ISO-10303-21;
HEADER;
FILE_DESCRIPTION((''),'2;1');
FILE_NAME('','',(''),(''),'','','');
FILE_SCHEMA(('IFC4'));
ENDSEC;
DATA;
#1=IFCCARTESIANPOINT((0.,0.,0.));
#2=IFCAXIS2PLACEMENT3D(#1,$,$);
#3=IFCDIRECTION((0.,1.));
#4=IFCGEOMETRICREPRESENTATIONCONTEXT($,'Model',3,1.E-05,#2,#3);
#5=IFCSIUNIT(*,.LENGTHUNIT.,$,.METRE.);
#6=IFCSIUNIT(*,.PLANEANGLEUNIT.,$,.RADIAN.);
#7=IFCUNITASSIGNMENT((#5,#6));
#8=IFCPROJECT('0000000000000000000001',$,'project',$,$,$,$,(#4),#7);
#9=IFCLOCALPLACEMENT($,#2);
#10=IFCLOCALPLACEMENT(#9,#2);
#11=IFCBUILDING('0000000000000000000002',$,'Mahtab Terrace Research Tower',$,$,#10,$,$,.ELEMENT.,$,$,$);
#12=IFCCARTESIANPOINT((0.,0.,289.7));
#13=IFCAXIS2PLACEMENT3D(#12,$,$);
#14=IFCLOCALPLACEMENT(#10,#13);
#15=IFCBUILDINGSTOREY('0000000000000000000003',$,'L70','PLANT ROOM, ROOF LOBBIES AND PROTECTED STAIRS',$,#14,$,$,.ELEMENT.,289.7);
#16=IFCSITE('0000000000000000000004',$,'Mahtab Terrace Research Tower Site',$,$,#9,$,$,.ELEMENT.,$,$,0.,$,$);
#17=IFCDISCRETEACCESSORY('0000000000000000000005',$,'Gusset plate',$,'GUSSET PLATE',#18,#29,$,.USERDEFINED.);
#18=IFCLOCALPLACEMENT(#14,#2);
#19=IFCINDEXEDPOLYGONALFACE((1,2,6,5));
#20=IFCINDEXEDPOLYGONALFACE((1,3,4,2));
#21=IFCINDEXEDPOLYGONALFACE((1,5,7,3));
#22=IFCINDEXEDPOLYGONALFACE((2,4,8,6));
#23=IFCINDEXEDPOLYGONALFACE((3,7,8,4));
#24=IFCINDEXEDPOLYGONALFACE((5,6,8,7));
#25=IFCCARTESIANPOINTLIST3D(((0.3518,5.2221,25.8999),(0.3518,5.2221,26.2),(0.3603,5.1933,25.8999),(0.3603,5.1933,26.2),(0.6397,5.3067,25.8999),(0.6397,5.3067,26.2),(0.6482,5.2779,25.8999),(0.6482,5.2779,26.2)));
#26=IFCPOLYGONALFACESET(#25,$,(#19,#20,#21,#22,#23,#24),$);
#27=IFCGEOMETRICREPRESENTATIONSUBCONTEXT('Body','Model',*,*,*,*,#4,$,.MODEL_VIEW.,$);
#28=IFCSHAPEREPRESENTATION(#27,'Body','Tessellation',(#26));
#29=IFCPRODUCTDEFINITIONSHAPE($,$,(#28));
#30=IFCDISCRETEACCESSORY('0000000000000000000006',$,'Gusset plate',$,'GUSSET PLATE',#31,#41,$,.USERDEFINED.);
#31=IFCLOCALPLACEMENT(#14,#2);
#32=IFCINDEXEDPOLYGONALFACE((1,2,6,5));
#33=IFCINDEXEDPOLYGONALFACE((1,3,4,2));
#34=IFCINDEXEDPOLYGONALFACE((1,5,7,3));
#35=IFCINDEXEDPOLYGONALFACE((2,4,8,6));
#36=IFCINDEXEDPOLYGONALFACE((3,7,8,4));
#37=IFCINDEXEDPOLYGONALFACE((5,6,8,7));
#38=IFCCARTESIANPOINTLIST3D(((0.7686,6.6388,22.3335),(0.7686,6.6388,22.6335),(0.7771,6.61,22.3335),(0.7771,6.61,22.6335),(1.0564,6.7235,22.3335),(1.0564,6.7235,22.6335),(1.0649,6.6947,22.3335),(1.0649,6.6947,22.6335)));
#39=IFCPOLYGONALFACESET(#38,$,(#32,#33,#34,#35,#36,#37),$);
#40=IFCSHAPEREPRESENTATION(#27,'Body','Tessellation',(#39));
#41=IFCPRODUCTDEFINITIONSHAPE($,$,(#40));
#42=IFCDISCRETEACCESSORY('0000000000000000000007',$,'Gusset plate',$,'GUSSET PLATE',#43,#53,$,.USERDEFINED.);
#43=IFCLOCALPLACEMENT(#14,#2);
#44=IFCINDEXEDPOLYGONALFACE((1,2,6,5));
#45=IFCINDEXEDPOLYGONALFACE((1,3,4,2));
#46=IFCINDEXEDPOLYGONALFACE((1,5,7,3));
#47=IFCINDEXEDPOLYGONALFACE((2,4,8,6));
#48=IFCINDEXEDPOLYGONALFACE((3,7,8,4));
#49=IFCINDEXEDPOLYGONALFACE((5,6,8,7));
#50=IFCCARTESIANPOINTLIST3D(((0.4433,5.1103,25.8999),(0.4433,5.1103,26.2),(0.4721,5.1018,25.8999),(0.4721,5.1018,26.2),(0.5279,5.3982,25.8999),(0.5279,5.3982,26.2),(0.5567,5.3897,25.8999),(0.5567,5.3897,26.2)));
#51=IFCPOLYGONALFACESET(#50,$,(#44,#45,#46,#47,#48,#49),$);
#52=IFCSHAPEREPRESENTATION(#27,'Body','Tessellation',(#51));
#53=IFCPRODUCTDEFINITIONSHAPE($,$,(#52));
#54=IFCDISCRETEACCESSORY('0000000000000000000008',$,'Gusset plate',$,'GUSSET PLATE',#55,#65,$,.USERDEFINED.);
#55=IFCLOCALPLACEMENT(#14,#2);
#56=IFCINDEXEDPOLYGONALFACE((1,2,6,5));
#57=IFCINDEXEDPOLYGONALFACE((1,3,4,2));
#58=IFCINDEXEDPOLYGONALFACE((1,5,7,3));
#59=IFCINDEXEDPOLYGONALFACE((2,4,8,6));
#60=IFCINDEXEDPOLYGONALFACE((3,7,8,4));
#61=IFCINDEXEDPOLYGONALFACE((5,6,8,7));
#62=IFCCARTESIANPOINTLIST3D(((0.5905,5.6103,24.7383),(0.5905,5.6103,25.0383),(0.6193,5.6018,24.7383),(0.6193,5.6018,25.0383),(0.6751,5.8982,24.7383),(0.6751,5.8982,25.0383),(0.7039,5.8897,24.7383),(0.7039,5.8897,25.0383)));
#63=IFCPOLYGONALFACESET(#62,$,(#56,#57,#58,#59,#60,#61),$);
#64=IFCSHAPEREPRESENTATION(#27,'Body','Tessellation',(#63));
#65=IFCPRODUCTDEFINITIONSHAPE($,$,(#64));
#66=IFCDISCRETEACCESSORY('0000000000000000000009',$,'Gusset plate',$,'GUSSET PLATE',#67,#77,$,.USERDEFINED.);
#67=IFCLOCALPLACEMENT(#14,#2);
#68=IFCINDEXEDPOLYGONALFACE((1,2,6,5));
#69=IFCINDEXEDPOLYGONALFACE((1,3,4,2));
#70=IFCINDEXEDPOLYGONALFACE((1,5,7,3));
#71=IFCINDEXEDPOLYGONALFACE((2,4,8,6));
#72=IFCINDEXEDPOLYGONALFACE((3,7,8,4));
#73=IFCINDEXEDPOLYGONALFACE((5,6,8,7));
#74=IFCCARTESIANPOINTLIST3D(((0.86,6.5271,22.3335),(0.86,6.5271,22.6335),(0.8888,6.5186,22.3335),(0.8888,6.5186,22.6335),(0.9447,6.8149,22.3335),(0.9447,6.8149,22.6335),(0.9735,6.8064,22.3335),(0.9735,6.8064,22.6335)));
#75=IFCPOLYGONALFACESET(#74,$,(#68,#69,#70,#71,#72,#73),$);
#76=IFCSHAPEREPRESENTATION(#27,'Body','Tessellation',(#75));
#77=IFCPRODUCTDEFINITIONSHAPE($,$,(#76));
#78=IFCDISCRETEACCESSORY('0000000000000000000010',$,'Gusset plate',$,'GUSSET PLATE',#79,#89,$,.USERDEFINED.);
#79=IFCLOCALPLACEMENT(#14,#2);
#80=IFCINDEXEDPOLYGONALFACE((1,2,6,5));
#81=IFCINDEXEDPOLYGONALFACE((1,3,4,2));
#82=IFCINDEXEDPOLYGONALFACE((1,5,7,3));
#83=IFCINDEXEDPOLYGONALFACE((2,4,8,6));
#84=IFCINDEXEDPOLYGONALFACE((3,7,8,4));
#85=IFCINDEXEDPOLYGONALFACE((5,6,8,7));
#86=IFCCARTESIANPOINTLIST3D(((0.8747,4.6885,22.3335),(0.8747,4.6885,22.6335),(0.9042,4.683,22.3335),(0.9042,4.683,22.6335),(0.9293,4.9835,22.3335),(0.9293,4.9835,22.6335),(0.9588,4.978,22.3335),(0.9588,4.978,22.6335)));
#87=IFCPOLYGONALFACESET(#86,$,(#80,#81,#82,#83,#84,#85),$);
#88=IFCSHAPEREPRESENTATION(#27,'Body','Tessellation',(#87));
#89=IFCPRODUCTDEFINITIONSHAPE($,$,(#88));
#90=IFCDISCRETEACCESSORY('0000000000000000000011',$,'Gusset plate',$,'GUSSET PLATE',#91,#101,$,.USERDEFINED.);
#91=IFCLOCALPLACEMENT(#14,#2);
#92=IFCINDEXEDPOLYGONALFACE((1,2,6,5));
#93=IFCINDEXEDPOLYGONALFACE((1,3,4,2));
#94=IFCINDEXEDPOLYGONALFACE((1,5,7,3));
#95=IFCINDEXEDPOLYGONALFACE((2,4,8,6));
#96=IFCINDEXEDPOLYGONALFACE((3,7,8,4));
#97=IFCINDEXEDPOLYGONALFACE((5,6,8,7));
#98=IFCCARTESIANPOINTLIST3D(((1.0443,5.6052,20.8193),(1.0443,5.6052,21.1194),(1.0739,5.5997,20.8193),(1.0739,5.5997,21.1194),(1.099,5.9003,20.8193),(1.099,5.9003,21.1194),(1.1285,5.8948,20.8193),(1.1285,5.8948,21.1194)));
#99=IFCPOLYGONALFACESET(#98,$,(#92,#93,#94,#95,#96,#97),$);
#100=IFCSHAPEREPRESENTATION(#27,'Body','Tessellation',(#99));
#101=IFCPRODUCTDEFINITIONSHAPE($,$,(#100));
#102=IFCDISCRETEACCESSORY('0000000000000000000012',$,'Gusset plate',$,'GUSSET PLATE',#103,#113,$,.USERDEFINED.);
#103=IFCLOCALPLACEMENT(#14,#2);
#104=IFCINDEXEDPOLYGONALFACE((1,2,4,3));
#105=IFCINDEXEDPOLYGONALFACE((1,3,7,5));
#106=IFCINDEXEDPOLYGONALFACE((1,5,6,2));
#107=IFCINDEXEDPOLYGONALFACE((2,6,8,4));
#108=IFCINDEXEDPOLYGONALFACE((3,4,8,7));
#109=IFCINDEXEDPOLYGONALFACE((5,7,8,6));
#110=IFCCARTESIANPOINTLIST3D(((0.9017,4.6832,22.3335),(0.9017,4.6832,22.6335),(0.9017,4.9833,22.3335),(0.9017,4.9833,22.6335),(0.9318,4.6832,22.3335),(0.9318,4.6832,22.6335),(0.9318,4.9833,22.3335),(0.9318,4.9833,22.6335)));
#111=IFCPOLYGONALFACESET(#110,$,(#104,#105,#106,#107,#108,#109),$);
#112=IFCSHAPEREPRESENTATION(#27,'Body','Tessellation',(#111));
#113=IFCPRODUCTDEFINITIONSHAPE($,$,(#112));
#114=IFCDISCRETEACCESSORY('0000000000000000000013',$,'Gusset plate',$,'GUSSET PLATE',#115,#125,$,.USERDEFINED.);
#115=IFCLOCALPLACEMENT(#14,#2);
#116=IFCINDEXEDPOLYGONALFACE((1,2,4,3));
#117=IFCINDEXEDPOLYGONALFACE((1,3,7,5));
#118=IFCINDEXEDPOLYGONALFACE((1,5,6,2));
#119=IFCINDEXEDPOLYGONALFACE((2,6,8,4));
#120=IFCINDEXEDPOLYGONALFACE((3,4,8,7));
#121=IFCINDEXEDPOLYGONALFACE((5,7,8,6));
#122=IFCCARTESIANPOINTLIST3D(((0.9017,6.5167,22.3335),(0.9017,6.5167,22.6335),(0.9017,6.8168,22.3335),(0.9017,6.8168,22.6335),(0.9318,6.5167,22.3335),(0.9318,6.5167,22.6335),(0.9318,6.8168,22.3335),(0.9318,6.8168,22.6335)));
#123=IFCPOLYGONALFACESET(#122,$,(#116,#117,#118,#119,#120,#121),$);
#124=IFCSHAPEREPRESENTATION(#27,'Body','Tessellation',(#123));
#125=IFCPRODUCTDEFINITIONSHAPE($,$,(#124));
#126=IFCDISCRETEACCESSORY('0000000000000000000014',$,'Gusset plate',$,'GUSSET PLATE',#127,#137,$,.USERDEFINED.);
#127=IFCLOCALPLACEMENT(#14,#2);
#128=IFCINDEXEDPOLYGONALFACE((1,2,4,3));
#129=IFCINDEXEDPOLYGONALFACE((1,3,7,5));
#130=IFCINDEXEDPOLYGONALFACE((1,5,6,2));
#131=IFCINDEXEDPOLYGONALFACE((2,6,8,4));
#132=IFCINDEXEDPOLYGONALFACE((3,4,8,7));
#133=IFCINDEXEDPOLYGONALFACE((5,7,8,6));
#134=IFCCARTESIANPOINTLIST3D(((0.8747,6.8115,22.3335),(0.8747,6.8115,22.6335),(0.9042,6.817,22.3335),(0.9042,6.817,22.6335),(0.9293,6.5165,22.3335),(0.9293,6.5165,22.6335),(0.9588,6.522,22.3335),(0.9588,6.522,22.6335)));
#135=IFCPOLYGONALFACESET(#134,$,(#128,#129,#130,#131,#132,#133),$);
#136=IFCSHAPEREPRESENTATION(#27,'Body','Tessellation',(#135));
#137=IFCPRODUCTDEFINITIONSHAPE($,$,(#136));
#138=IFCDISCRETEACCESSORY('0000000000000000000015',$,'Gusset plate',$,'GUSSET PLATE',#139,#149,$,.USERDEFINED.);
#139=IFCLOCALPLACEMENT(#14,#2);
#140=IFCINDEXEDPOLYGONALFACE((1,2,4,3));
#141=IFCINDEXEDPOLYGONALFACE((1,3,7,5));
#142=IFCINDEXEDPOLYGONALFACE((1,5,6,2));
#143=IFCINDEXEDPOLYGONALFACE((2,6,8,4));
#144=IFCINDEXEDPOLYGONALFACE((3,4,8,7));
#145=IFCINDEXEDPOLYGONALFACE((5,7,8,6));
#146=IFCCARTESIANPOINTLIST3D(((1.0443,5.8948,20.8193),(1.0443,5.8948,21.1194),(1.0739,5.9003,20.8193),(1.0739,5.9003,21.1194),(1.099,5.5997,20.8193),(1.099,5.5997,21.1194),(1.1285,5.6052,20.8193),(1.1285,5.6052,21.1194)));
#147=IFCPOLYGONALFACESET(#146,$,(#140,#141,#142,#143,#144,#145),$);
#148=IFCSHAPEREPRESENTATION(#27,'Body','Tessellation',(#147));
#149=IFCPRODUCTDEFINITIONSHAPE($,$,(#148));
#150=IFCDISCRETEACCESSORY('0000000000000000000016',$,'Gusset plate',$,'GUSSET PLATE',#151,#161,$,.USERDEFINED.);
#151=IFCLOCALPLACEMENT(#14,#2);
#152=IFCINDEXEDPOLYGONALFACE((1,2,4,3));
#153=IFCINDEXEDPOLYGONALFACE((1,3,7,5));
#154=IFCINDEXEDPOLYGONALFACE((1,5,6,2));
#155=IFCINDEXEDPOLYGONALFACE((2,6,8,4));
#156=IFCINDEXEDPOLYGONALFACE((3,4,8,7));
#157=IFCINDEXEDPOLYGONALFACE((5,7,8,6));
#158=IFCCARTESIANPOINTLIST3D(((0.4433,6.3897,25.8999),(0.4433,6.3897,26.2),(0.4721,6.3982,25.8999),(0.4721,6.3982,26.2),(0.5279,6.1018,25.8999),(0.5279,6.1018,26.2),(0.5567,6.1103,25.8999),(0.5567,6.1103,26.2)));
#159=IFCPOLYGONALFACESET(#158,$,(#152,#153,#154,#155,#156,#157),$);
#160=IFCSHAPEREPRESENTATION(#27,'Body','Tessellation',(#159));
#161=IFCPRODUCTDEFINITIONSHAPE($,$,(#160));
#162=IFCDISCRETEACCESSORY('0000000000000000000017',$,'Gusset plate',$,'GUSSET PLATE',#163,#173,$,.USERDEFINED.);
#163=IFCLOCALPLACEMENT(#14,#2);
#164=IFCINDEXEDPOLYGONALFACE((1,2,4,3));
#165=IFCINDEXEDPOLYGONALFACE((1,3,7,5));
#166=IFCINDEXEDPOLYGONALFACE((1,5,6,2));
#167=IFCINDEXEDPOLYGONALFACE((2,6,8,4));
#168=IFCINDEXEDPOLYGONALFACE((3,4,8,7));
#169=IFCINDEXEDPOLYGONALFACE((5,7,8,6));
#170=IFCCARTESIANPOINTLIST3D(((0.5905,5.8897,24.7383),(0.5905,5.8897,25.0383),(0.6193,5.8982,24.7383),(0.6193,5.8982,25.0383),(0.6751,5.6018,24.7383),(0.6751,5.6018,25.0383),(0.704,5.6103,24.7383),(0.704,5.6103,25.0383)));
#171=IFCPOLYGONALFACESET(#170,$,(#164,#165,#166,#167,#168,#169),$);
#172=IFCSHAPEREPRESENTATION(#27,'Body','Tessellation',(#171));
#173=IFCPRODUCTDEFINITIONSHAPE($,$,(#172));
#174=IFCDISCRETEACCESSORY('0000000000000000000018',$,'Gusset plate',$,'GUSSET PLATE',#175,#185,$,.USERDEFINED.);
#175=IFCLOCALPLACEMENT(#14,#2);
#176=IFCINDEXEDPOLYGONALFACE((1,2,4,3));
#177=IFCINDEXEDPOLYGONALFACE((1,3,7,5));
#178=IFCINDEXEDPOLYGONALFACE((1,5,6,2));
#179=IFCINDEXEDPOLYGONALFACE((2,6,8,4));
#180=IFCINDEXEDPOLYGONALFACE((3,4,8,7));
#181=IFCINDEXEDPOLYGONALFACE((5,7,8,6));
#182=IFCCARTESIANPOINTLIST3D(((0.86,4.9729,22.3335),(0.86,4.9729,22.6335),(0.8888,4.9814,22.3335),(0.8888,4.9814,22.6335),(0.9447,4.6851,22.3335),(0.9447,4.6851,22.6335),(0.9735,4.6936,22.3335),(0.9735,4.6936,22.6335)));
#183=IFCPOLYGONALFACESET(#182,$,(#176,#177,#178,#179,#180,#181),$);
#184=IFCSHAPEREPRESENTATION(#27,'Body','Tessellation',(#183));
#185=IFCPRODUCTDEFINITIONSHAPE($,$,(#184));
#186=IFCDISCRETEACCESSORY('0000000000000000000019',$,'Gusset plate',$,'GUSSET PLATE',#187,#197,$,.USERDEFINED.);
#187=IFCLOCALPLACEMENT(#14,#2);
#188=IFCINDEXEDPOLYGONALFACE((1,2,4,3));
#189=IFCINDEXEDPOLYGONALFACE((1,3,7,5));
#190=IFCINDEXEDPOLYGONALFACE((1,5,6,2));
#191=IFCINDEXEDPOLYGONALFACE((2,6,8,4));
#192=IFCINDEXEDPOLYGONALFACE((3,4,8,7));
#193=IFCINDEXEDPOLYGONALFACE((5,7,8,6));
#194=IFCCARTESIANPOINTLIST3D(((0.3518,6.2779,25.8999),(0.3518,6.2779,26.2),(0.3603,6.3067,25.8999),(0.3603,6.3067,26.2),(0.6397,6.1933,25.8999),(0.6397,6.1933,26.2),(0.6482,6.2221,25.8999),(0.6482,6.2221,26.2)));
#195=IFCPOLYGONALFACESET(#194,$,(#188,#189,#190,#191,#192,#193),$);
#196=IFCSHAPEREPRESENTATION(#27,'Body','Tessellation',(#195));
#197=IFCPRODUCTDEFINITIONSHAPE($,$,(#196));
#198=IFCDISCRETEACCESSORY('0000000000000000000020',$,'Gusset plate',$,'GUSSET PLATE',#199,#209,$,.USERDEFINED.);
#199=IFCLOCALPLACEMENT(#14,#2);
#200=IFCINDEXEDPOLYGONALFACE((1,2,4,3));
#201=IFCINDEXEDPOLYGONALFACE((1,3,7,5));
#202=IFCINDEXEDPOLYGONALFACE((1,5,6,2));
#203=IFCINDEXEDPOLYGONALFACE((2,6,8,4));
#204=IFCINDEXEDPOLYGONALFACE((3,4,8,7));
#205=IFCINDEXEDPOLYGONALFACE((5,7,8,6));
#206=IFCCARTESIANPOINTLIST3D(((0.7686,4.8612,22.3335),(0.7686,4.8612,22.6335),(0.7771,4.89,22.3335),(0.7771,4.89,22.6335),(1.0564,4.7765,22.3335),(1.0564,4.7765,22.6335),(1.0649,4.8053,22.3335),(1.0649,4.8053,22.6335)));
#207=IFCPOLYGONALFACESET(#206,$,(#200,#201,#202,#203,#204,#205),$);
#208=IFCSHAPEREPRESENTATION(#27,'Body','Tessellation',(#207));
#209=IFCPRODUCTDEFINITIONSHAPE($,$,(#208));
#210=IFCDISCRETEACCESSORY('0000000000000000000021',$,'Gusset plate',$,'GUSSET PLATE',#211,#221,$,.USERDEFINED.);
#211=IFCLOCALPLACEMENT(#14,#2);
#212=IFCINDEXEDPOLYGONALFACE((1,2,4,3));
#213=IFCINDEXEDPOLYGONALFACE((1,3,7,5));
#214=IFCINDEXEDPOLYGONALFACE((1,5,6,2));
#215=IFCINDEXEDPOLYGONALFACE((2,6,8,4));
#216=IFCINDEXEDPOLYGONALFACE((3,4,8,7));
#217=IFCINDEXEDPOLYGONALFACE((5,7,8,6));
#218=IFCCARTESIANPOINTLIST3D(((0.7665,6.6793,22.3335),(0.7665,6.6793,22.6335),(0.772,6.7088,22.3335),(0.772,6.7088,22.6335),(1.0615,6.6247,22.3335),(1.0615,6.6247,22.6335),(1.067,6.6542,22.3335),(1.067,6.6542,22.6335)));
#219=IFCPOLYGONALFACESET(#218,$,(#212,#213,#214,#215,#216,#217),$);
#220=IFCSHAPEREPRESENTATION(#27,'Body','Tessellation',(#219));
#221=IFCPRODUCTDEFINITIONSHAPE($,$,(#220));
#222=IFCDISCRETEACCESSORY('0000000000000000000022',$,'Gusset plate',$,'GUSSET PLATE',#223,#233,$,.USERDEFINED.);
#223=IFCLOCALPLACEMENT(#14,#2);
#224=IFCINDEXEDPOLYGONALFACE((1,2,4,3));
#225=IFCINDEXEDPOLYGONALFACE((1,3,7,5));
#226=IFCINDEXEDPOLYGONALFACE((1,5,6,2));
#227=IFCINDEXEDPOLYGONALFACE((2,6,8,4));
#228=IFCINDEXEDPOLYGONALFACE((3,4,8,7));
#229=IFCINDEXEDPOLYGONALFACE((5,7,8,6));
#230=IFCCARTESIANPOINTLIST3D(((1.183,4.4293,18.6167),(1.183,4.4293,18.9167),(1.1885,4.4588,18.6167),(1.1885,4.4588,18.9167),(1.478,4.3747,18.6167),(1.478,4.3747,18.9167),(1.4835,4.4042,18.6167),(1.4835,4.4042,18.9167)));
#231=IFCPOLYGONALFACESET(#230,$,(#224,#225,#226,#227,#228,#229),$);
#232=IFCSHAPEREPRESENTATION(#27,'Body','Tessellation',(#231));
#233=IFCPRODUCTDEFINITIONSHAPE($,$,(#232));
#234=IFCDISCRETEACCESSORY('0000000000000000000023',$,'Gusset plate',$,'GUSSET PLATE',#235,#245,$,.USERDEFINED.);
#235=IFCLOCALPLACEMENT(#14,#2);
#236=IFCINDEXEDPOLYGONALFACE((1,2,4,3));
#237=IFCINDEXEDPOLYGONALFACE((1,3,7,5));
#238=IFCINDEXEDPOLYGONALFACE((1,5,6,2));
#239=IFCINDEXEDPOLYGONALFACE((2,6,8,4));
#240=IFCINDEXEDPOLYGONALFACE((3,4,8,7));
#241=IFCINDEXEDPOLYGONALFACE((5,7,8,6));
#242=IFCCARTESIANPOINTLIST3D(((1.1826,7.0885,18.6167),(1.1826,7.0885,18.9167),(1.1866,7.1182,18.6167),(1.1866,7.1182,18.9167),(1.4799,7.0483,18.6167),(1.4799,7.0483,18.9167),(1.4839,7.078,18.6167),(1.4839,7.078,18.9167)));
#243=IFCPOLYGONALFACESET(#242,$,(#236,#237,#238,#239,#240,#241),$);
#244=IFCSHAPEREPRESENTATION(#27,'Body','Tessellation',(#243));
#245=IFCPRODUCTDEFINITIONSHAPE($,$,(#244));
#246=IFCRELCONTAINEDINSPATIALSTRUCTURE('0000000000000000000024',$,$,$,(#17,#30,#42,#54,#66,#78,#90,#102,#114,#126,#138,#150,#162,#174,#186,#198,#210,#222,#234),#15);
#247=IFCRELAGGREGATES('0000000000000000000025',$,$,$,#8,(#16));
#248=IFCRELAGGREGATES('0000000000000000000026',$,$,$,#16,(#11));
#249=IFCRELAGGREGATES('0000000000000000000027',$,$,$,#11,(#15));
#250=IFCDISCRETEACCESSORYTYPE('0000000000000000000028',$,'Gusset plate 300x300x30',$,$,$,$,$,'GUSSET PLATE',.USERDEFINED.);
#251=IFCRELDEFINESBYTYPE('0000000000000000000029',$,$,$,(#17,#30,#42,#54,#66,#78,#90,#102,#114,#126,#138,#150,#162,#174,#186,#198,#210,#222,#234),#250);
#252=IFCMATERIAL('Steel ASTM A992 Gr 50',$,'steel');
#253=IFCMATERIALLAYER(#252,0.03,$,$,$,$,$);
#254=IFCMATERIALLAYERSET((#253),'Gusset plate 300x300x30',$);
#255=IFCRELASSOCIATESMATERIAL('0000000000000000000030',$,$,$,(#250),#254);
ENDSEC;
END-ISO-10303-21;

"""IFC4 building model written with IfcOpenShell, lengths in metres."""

from ifc_helpers import new_model, si_unit, direction, frame, origin, origin_2d, place, context, subcontext, project, spatial, rectangle, extrude, material, layer, layer_set, type_object, element, save


model = new_model("IFC4")

# Units and contexts
model_context = context("Model", 3, precision=1e-05, world=origin(), true_north=direction((0.0, 1.0)))
body_context = subcontext(model_context, "Body", "Model", "MODEL_VIEW")
ifc_project = project(units=[si_unit("LENGTHUNIT", "METRE"), si_unit("PLANEANGLEUNIT", "RADIAN")], contexts=[model_context])

# Site, building, storey
site_placement = place(None, origin())
site = spatial("IfcSite", under=ifc_project, at=site_placement, Name="Mahtab Terrace Research Tower Site", CompositionType="ELEMENT", RefElevation=0.0)
building_placement = place(site_placement, origin())
building = spatial("IfcBuilding", under=site, at=building_placement, Name="Mahtab Terrace Research Tower", CompositionType="ELEMENT")
storey_placement = place(building_placement, frame((0.0, 0.0, 289.7)))
storey = spatial("IfcBuildingStorey", under=building, at=storey_placement, Name="L70", Description="PLANT ROOM, ROOF LOBBIES AND PROTECTED STAIRS", CompositionType="ELEMENT", Elevation=289.7)

# Discrete accessories
ifc_material_1 = material(Name="Steel ASTM A992 Gr 50", Category="steel")
ifc_layer = layer(ifc_material_1, 0.03)
ifc_layer_set = layer_set([ifc_layer], Name="Gusset plate 300x300x30")
discrete_accessory_type = type_object("IfcDiscreteAccessoryType", Name="Gusset plate 300x300x30", ElementType="GUSSET PLATE", PredefinedType="USERDEFINED", material=ifc_layer_set)
for number, where, z_axis, x_axis, name in (
    (1, (0.5, 5.25, 25.8999), (0.0, 0.0, 1.0), (0.959363, 0.282174, 0.0), "Gusset plate"),
    (2, (0.9167, 6.6667, 22.3335), (0.0, 0.0, 1.0), (0.959363, 0.282174, 0.0), "Gusset plate"),
    (3, (0.5, 5.25, 25.8999), (0.0, 0.0, 1.0), (0.282241, 0.959344, 0.0), "Gusset plate"),
    (4, (0.6472, 5.75, 24.7383), (0.0, 0.0, 1.0), (0.282124, 0.959378, 0.0), "Gusset plate"),
    (5, (0.9167, 6.6667, 22.3335), (0.0, 0.0, 1.0), (0.282124, 0.959378, 0.0), "Gusset plate"),
    (6, (0.9167, 4.8333, 22.3335), (0.0, 0.0, 1.0), (0.182064, 0.983287, 0.0), "Gusset plate"),
    (7, (1.0864, 5.75, 20.8193), (0.0, 0.0, 1.0), (0.182098, 0.98328, 0.0), "Gusset plate"),
    (8, (0.9167, 4.8333, 22.3335), (0.0, 0.0, 1.0), (0.0, 1.0, 0.0), "Gusset plate"),
    (9, (0.9167, 6.6667, 22.3335), (0.0, 0.0, 1.0), (0.0, 1.0, 0.0), "Gusset plate"),
    (10, (0.9167, 6.6667, 22.3335), (0.0, 0.0, 1.0), (-0.182081, 0.983284, 0.0), "Gusset plate"),
    (11, (1.0864, 5.75, 20.8193), (0.0, 0.0, 1.0), (-0.182081, 0.983284, 0.0), "Gusset plate"),
    (12, (0.5, 6.25, 25.8999), (0.0, 0.0, 1.0), (-0.282174, 0.959363, 0.0), "Gusset plate"),
    (13, (0.6472, 5.75, 24.7383), (0.0, 0.0, 1.0), (-0.282174, 0.959363, 0.0), "Gusset plate"),
    (14, (0.9167, 4.8333, 22.3335), (0.0, 0.0, 1.0), (-0.282174, 0.959363, 0.0), "Gusset plate"),
    (15, (0.5, 6.25, 25.8999), (0.0, 0.0, 1.0), (-0.959344, 0.282241, 0.0), "Gusset plate"),
    (16, (0.9167, 4.8333, 22.3335), (0.0, 0.0, 1.0), (-0.959378, 0.282124, 0.0), "Gusset plate"),
    (17, (0.9167, 6.6667, 22.3335), (0.0, 0.0, 1.0), (-0.983287, 0.182064, 0.0), "Gusset plate"),
    (18, (1.3333, 4.4167, 18.6167), (0.0, 0.0, 1.0), (-0.98328, 0.182098, 0.0), "Gusset plate"),
    (19, (1.3333, 7.0833, 18.6167), (0.0, 0.0, 1.0), (-0.990995, 0.1339, 0.0), "Gusset plate"),
):
    element("IfcDiscreteAccessory", number, at=place(storey_placement, frame(where, z_axis=z_axis, x_axis=x_axis)), inside=storey, type_object=discrete_accessory_type, Name=name, ObjectType="GUSSET PLATE", PredefinedType="USERDEFINED", context=body_context, shape_type="SweptSolid", body=[
        extrude(rectangle(XDim=0.3, YDim=0.03, at=origin_2d()), origin(), (0.0, 0.0, 1.0), 0.3),
    ])

save(model, "model.ifc")
